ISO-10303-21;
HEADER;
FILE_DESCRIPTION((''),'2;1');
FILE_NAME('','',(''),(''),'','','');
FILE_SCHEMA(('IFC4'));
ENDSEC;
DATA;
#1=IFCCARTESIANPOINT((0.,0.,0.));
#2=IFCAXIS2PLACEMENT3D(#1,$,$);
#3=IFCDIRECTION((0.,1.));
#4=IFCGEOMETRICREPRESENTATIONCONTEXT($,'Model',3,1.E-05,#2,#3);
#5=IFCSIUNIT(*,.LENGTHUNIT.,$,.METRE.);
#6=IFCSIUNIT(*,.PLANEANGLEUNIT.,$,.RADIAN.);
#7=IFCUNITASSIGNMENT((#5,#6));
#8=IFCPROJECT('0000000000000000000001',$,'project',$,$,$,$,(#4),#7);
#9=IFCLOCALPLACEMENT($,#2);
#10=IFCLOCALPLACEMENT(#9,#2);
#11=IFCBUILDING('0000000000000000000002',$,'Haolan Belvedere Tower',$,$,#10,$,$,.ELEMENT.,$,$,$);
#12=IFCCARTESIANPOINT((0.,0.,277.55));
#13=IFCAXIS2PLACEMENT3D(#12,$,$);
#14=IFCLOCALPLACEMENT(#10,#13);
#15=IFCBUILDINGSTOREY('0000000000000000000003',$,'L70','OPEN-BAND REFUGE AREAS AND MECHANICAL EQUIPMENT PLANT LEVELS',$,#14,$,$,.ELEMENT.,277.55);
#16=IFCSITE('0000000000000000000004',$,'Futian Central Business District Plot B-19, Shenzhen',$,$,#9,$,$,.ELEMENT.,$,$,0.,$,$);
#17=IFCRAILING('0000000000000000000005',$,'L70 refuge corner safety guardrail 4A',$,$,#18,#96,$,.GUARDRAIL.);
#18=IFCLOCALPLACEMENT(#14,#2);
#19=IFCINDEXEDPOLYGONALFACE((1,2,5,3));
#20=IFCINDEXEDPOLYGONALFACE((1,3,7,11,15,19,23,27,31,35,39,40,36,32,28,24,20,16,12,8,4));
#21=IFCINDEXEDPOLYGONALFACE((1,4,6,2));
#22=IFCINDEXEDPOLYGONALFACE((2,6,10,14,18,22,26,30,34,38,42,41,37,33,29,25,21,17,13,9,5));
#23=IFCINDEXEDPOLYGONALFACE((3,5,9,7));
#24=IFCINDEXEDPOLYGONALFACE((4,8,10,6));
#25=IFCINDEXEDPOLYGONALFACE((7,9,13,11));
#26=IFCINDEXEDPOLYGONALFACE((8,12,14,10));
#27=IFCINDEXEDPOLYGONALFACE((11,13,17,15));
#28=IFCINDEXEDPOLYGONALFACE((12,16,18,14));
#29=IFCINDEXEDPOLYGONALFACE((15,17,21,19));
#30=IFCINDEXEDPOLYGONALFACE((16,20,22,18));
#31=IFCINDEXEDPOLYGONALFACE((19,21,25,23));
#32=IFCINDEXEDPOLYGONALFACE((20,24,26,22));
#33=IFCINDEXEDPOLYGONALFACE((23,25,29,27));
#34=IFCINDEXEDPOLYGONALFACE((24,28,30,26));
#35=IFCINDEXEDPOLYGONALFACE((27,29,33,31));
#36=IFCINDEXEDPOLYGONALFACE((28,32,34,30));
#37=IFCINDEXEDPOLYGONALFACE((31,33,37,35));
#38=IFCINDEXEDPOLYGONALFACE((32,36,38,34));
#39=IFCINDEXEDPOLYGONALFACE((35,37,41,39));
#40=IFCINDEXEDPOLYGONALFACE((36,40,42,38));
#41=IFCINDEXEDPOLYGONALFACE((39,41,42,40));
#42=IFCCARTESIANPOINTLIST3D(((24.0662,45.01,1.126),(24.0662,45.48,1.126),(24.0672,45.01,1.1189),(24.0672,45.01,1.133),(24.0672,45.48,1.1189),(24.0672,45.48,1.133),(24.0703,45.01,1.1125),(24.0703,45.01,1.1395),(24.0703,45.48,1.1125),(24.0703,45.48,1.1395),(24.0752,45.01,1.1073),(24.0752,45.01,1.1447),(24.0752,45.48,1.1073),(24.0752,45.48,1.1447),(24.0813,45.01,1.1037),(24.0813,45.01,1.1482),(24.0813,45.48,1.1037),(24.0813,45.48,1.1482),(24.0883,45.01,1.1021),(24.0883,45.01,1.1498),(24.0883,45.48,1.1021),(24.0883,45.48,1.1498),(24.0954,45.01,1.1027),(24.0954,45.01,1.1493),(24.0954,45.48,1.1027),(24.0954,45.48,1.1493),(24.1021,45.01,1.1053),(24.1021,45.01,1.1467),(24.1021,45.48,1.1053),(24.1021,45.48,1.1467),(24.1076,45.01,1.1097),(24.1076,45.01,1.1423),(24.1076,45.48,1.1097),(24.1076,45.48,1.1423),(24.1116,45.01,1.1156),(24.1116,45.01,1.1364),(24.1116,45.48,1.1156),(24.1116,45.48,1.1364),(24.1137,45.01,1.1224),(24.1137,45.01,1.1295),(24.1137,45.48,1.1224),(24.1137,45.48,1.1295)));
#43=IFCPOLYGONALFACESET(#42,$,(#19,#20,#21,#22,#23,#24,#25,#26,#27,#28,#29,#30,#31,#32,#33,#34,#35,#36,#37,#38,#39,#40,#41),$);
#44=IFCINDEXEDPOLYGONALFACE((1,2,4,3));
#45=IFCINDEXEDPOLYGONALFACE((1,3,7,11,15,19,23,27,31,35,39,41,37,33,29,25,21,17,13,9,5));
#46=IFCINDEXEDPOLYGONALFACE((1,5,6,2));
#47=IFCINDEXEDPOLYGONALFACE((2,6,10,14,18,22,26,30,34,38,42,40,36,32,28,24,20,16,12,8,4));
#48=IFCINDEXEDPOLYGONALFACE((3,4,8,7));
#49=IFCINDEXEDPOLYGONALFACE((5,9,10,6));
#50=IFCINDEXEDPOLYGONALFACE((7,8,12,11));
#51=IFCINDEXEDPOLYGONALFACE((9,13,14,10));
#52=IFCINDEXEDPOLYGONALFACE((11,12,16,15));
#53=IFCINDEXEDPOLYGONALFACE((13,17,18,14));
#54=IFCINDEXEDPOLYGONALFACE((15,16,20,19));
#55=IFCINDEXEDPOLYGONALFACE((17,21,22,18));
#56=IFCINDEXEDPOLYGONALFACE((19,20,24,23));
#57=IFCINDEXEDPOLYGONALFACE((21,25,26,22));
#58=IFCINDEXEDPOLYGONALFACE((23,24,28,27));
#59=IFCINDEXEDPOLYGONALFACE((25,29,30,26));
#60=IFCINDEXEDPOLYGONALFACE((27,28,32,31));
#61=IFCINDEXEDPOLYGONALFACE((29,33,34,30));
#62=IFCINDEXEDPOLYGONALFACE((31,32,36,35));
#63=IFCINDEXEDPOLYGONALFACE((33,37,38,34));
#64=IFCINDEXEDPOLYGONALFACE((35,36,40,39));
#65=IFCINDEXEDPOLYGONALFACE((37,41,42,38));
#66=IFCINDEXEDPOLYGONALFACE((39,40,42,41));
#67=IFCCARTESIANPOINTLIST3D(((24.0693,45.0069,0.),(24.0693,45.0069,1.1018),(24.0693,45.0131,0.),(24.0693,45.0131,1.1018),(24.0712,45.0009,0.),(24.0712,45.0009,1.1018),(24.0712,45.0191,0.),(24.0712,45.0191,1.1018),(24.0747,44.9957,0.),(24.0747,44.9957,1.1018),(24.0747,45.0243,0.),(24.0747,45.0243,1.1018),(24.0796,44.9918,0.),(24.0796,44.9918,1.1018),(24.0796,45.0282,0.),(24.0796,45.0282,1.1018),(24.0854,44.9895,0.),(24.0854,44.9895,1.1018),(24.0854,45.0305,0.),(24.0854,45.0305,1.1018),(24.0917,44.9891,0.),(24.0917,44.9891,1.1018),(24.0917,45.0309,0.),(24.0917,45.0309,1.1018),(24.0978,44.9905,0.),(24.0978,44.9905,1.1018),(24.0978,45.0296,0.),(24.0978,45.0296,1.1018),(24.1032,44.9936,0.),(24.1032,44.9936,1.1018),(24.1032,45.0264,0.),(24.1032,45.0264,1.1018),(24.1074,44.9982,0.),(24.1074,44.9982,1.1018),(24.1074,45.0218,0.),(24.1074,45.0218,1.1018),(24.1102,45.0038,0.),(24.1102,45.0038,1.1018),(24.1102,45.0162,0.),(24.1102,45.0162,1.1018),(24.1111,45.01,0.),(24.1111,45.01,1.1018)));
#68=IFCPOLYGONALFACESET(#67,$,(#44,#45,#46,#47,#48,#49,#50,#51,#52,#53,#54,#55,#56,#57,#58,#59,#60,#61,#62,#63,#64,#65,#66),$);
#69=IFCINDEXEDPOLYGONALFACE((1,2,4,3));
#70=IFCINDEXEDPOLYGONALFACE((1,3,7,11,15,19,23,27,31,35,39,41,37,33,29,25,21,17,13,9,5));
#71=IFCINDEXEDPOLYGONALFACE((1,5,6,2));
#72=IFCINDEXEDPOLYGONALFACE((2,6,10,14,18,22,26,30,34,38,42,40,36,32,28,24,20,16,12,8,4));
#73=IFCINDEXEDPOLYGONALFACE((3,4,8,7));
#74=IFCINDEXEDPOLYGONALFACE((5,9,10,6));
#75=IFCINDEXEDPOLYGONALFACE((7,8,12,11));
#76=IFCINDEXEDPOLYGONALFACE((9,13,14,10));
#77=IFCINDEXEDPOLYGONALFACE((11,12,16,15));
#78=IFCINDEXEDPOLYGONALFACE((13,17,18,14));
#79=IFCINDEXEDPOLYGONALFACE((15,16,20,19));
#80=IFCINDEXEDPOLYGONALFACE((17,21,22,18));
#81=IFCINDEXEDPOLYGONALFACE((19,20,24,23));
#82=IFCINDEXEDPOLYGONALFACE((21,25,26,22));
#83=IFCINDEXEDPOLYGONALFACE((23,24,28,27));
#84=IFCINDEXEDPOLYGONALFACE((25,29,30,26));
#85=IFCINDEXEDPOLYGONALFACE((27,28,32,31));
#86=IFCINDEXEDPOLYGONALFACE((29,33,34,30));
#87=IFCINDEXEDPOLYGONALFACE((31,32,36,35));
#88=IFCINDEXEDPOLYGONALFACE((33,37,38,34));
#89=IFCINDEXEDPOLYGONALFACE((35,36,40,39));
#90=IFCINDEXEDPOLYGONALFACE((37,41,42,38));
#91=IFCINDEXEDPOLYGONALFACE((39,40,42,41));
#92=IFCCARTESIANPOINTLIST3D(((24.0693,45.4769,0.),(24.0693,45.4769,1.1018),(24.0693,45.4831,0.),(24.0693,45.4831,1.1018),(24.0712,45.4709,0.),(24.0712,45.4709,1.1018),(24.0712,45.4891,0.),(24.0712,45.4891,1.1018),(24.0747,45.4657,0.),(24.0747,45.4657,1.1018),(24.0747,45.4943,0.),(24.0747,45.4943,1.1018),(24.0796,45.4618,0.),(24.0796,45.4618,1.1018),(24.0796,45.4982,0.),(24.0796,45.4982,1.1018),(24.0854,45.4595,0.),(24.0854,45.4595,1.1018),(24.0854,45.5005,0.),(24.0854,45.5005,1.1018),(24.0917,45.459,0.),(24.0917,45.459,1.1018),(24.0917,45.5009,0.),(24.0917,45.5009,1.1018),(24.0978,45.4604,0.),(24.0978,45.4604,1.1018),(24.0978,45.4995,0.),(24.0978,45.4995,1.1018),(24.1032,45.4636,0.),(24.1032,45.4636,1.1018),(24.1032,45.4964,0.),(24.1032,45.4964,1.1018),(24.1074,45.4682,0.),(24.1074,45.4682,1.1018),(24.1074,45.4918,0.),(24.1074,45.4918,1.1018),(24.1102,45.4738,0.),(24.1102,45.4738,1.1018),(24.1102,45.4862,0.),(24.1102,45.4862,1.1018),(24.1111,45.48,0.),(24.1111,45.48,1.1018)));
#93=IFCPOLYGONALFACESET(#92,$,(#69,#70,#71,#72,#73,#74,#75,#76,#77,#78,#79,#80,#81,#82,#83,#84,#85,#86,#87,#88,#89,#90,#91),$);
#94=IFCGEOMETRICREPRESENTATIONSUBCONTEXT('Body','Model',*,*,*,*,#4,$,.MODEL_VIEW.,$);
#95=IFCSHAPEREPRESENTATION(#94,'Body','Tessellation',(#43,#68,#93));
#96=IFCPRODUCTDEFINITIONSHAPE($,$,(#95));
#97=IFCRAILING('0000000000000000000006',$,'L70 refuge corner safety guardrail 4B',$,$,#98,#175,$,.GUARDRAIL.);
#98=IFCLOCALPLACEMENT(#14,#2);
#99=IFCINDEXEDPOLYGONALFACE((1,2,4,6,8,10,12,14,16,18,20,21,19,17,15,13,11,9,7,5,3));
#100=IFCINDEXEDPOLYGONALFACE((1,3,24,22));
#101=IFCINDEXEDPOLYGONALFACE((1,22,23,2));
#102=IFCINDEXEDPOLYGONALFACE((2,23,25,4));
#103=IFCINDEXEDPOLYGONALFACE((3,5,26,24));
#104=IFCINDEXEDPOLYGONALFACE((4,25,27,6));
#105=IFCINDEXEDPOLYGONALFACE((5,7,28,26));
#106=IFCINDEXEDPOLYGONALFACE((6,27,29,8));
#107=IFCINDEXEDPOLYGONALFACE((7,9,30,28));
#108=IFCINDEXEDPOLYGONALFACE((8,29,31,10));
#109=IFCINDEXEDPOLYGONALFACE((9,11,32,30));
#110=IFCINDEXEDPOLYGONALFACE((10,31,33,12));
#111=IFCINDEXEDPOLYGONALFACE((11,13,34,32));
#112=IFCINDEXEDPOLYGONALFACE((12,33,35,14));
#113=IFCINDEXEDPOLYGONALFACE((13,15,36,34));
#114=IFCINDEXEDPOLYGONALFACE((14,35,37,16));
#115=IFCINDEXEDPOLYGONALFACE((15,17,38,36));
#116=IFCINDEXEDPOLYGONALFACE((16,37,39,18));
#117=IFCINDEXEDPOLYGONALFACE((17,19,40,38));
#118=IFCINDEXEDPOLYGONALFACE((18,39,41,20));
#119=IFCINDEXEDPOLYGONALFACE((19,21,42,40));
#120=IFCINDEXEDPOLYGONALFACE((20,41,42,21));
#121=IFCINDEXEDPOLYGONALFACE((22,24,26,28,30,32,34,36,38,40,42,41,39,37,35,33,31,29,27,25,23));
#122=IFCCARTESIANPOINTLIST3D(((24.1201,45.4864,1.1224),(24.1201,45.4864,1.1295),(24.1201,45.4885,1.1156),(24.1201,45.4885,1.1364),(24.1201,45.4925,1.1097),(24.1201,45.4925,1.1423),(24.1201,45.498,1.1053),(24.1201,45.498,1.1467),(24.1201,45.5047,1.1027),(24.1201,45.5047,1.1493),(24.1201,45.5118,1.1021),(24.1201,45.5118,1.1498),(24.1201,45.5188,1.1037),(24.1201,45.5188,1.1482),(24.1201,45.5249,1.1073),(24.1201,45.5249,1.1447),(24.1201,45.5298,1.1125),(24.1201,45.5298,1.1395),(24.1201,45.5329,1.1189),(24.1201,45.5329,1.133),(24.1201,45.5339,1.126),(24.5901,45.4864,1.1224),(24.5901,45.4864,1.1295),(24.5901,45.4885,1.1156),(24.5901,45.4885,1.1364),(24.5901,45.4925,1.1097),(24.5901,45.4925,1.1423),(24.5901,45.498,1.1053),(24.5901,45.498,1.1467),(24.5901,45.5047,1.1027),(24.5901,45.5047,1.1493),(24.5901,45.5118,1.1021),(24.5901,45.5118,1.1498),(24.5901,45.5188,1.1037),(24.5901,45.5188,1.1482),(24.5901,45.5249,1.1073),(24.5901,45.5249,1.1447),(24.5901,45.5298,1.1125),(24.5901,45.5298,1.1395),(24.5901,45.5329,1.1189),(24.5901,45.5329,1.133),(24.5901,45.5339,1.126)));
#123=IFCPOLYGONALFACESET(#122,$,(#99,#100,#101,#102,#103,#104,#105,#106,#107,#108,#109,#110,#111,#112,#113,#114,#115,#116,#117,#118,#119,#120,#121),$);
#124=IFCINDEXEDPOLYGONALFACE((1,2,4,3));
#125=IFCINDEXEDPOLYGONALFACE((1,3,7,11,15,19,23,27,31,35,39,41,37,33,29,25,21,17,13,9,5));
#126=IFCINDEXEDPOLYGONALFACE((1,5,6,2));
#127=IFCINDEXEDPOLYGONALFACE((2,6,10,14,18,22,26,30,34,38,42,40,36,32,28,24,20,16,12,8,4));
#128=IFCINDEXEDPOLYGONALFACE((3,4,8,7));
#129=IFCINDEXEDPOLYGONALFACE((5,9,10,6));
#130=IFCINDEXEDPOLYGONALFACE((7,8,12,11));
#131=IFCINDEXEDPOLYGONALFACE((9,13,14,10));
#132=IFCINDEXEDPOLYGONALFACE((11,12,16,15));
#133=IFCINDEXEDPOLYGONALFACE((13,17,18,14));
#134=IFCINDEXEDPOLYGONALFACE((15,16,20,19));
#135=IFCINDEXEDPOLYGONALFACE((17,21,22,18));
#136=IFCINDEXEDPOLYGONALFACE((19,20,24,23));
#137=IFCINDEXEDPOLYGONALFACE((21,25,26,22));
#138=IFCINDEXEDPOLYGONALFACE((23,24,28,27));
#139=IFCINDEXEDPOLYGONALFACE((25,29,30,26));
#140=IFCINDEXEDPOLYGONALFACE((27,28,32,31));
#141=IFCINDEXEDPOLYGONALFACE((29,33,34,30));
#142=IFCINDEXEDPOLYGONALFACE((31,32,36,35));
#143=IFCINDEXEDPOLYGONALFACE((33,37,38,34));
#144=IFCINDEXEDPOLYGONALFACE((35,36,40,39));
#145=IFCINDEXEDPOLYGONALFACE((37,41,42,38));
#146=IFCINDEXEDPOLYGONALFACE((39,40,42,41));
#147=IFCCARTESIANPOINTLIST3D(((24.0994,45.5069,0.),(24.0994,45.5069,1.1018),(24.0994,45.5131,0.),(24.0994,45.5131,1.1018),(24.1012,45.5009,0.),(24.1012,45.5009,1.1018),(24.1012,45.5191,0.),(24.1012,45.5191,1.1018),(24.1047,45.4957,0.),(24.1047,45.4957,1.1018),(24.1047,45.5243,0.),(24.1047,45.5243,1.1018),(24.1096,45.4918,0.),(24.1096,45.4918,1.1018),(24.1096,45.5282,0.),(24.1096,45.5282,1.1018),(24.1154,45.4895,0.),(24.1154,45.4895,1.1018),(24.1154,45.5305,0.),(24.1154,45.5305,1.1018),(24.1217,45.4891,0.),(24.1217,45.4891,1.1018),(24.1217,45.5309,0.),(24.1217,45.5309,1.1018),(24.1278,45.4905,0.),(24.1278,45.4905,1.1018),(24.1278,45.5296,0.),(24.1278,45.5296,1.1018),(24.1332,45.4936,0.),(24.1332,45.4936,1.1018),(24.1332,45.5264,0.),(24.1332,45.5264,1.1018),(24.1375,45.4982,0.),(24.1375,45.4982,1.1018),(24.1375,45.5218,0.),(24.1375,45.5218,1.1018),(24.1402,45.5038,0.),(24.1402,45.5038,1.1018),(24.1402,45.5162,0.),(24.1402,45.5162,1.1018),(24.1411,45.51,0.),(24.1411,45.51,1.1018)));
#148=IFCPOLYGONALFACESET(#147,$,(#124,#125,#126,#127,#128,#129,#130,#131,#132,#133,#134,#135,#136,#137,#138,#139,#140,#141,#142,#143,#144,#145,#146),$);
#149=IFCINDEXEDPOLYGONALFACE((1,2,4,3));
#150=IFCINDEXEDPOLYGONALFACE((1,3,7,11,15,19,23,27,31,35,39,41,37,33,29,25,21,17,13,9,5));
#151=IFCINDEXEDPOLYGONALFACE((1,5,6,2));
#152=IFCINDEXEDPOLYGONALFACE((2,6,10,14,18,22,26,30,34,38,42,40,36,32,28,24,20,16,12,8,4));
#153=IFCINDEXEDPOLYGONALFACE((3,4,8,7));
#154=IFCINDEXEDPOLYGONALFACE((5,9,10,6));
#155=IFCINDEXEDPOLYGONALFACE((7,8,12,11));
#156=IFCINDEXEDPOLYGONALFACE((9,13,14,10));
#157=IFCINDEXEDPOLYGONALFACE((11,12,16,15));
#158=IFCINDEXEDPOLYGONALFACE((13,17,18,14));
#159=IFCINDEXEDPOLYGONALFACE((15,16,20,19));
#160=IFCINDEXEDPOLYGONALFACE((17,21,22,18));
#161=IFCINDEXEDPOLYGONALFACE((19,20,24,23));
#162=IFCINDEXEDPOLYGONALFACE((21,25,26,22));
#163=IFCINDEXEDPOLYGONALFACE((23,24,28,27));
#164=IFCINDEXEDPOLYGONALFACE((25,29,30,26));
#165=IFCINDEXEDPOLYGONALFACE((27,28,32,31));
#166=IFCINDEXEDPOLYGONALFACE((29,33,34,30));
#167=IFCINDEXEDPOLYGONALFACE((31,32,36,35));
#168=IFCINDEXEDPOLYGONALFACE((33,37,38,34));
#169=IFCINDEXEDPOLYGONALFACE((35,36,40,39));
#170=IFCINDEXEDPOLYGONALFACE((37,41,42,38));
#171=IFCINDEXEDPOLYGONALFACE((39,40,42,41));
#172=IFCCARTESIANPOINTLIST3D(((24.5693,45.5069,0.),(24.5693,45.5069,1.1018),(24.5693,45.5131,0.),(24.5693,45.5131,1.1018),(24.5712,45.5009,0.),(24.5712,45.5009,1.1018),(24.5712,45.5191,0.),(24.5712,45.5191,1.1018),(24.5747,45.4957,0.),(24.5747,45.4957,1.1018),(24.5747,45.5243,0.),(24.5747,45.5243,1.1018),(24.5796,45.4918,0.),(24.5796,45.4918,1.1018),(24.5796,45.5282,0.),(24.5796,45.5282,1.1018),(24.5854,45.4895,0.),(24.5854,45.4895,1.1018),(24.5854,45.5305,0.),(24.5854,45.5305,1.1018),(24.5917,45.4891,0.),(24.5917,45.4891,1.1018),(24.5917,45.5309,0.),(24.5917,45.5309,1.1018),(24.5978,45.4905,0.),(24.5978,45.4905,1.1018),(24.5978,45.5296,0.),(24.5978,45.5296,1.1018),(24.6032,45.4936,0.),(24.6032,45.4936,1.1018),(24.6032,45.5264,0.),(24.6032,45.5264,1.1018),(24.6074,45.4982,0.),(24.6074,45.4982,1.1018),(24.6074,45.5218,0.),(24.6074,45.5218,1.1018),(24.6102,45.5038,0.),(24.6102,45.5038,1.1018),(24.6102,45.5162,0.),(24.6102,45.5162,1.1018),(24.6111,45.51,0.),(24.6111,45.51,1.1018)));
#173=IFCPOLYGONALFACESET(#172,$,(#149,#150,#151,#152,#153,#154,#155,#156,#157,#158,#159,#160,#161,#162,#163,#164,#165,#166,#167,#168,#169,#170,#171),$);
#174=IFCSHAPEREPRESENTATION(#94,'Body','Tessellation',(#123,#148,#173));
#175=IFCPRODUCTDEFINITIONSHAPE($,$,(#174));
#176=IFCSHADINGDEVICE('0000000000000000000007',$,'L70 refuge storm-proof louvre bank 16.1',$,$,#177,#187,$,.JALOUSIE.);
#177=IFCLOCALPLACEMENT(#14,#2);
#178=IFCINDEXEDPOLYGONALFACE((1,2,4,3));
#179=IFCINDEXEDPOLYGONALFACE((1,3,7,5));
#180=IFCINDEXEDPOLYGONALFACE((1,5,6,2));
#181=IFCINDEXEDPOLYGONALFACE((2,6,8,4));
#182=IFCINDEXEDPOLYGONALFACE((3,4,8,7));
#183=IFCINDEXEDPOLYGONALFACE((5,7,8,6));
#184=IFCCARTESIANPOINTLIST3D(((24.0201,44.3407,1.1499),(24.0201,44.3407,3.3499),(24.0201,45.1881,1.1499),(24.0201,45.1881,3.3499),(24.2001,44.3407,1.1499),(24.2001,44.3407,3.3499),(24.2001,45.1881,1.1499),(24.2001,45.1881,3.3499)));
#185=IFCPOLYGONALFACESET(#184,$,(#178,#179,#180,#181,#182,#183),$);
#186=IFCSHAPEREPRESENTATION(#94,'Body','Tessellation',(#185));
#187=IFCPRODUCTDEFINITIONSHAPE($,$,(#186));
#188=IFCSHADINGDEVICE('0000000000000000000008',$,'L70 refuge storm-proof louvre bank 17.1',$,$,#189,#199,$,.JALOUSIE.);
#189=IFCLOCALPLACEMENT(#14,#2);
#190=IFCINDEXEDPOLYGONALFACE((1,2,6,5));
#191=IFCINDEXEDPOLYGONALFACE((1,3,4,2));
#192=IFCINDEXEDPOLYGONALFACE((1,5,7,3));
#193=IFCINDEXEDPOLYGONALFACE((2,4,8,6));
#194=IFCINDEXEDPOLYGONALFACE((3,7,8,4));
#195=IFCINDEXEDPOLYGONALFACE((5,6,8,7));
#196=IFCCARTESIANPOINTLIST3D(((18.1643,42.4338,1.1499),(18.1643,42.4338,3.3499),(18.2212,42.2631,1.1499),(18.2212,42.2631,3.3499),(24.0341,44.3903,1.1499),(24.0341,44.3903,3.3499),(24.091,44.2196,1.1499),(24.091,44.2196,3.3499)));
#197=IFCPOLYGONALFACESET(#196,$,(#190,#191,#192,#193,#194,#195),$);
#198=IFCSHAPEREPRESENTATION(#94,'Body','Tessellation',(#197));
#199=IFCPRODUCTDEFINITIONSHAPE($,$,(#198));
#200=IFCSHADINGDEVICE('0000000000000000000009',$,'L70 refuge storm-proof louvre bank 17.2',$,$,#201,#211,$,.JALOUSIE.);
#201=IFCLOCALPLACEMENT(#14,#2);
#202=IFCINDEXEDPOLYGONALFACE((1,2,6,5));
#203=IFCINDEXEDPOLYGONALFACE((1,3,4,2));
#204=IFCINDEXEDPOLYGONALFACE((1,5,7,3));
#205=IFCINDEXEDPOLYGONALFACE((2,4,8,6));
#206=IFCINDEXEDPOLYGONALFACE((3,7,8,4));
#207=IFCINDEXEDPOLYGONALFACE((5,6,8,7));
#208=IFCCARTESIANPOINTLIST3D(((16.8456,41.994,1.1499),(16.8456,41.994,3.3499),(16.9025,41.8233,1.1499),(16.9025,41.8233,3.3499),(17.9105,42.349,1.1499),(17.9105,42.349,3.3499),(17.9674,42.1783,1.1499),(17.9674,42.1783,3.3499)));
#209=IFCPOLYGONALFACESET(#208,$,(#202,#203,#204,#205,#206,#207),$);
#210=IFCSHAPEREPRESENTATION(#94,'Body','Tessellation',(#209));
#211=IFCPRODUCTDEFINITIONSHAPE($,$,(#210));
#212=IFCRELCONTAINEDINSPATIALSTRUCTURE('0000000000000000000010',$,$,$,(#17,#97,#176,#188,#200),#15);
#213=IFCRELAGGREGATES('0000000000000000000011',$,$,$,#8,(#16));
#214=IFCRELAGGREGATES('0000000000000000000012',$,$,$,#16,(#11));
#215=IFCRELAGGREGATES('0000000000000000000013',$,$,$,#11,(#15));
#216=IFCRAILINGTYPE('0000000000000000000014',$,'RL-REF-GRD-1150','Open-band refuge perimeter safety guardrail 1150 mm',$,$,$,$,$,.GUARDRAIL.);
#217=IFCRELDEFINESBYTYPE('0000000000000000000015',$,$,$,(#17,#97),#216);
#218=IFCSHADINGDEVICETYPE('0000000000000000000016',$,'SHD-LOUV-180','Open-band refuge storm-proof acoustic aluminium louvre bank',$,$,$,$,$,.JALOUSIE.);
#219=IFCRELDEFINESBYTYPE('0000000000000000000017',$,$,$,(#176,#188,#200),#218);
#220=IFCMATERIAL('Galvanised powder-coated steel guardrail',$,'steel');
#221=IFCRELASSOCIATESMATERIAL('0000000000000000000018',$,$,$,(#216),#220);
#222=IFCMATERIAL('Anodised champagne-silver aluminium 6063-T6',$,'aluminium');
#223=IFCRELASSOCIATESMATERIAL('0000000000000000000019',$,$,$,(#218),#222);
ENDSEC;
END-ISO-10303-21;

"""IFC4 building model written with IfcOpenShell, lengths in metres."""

from ifc_helpers import new_model, si_unit, direction, frame, origin, origin_2d, place, context, subcontext, project, spatial, rectangle, circle, extrude, material, type_object, element, save


model = new_model("IFC4")

# Units and contexts
model_context = context("Model", 3, precision=1e-05, world=origin(), true_north=direction((0.0, 1.0)))
body_context = subcontext(model_context, "Body", "Model", "MODEL_VIEW")
ifc_project = project(units=[si_unit("LENGTHUNIT", "METRE"), si_unit("PLANEANGLEUNIT", "RADIAN")], contexts=[model_context])

# Site, building, storey
site_placement = place(None, origin())
site = spatial("IfcSite", under=ifc_project, at=site_placement, Name="Futian Central Business District Plot B-19, Shenzhen", CompositionType="ELEMENT", RefElevation=0.0)
building_placement = place(site_placement, origin())
building = spatial("IfcBuilding", under=site, at=building_placement, Name="Haolan Belvedere Tower", CompositionType="ELEMENT")
storey_placement = place(building_placement, frame((0.0, 0.0, 277.55)))
storey = spatial("IfcBuildingStorey", under=building, at=storey_placement, Name="L70", Description="OPEN-BAND REFUGE AREAS AND MECHANICAL EQUIPMENT PLANT LEVELS", CompositionType="ELEMENT", Elevation=277.55)

# Railings
ifc_material_1 = material(Name="Galvanised powder-coated steel guardrail", Category="steel")
railing_type = type_object("IfcRailingType", Name="RL-REF-GRD-1150", Description="Open-band refuge perimeter safety guardrail 1150 mm", PredefinedType="GUARDRAIL", material=ifc_material_1)
railing_1_placement = place(storey_placement, frame((24.0901, 45.01, 0.0)))
element("IfcRailing", 1, at=railing_1_placement, inside=storey, type_object=railing_type, Name="L70 refuge corner safety guardrail 4A", PredefinedType="GUARDRAIL", context=body_context, shape_type="SweptSolid", body=[
    extrude(circle(Radius=0.0239, at=origin_2d()), frame((0.0, 0.0, 1.126), z_axis=(0.0, 1.0, 0.0), x_axis=(-1.0, 0.0, 0.0)), (0.0, 0.0, 1.0), 0.47),
    extrude(circle(Radius=0.021, at=origin_2d()), origin(), (0.0, 0.0, 1.0), 1.1018),
    extrude(circle(Radius=0.021, at=origin_2d()), frame((0.0, 0.47, 0.0)), (0.0, 0.0, 1.0), 1.1018),
])
railing_2_placement = place(storey_placement, frame((24.1201, 45.51, 0.0)))
element("IfcRailing", 2, at=railing_2_placement, inside=storey, type_object=railing_type, Name="L70 refuge corner safety guardrail 4B", PredefinedType="GUARDRAIL", context=body_context, shape_type="SweptSolid", body=[
    extrude(circle(Radius=0.0239, at=origin_2d()), frame((0.0, 0.0, 1.126), z_axis=(1.0, 0.0, 0.0), x_axis=(0.0, 1.0, 0.0)), (0.0, 0.0, 1.0), 0.47),
    extrude(circle(Radius=0.021, at=origin_2d()), origin(), (0.0, 0.0, 1.0), 1.1018),
    extrude(circle(Radius=0.021, at=origin_2d()), frame((0.47, 0.0, 0.0)), (0.0, 0.0, 1.0), 1.1018),
])

# Shading devices
ifc_material_2 = material(Name="Anodised champagne-silver aluminium 6063-T6", Category="aluminium")
shading_device_type = type_object("IfcShadingDeviceType", Name="SHD-LOUV-180", Description="Open-band refuge storm-proof acoustic aluminium louvre bank", PredefinedType="JALOUSIE", material=ifc_material_2)
shading_device_1_placement = place(storey_placement, frame((24.1101, 44.7644, 1.1499), z_axis=(0.0, 0.0, 1.0), x_axis=(0.0, -1.0, 0.0)))
element("IfcShadingDevice", 3, at=shading_device_1_placement, inside=storey, type_object=shading_device_type, Name="L70 refuge storm-proof louvre bank 16.1", PredefinedType="JALOUSIE", context=body_context, shape_type="SweptSolid", body=[
    extrude(rectangle(XDim=0.8474, YDim=0.1799, at=origin_2d()), origin(), (0.0, 0.0, 1.0), 2.2),
])
shading_device_2_placement = place(storey_placement, frame((21.1277, 43.3267, 1.1499), z_axis=(0.0, 0.0, 1.0), x_axis=(-0.948689, -0.316212, 0.0)))
element("IfcShadingDevice", 4, at=shading_device_2_placement, inside=storey, type_object=shading_device_type, Name="L70 refuge storm-proof louvre bank 17.1", PredefinedType="JALOUSIE", context=body_context, shape_type="SweptSolid", body=[
    extrude(rectangle(XDim=6.1873, YDim=0.1799, at=origin_2d()), origin(), (0.0, 0.0, 1.0), 2.2),
])
shading_device_3_placement = place(storey_placement, frame((17.4065, 42.0862, 1.1499), z_axis=(0.0, 0.0, 1.0), x_axis=(-0.948683, -0.316229, 0.0)))
element("IfcShadingDevice", 5, at=shading_device_3_placement, inside=storey, type_object=shading_device_type, Name="L70 refuge storm-proof louvre bank 17.2", PredefinedType="JALOUSIE", context=body_context, shape_type="SweptSolid", body=[
    extrude(rectangle(XDim=1.1226, YDim=0.1799, at=origin_2d()), origin(), (0.0, 0.0, 1.0), 2.2),
])

save(model, "model.ifc")
